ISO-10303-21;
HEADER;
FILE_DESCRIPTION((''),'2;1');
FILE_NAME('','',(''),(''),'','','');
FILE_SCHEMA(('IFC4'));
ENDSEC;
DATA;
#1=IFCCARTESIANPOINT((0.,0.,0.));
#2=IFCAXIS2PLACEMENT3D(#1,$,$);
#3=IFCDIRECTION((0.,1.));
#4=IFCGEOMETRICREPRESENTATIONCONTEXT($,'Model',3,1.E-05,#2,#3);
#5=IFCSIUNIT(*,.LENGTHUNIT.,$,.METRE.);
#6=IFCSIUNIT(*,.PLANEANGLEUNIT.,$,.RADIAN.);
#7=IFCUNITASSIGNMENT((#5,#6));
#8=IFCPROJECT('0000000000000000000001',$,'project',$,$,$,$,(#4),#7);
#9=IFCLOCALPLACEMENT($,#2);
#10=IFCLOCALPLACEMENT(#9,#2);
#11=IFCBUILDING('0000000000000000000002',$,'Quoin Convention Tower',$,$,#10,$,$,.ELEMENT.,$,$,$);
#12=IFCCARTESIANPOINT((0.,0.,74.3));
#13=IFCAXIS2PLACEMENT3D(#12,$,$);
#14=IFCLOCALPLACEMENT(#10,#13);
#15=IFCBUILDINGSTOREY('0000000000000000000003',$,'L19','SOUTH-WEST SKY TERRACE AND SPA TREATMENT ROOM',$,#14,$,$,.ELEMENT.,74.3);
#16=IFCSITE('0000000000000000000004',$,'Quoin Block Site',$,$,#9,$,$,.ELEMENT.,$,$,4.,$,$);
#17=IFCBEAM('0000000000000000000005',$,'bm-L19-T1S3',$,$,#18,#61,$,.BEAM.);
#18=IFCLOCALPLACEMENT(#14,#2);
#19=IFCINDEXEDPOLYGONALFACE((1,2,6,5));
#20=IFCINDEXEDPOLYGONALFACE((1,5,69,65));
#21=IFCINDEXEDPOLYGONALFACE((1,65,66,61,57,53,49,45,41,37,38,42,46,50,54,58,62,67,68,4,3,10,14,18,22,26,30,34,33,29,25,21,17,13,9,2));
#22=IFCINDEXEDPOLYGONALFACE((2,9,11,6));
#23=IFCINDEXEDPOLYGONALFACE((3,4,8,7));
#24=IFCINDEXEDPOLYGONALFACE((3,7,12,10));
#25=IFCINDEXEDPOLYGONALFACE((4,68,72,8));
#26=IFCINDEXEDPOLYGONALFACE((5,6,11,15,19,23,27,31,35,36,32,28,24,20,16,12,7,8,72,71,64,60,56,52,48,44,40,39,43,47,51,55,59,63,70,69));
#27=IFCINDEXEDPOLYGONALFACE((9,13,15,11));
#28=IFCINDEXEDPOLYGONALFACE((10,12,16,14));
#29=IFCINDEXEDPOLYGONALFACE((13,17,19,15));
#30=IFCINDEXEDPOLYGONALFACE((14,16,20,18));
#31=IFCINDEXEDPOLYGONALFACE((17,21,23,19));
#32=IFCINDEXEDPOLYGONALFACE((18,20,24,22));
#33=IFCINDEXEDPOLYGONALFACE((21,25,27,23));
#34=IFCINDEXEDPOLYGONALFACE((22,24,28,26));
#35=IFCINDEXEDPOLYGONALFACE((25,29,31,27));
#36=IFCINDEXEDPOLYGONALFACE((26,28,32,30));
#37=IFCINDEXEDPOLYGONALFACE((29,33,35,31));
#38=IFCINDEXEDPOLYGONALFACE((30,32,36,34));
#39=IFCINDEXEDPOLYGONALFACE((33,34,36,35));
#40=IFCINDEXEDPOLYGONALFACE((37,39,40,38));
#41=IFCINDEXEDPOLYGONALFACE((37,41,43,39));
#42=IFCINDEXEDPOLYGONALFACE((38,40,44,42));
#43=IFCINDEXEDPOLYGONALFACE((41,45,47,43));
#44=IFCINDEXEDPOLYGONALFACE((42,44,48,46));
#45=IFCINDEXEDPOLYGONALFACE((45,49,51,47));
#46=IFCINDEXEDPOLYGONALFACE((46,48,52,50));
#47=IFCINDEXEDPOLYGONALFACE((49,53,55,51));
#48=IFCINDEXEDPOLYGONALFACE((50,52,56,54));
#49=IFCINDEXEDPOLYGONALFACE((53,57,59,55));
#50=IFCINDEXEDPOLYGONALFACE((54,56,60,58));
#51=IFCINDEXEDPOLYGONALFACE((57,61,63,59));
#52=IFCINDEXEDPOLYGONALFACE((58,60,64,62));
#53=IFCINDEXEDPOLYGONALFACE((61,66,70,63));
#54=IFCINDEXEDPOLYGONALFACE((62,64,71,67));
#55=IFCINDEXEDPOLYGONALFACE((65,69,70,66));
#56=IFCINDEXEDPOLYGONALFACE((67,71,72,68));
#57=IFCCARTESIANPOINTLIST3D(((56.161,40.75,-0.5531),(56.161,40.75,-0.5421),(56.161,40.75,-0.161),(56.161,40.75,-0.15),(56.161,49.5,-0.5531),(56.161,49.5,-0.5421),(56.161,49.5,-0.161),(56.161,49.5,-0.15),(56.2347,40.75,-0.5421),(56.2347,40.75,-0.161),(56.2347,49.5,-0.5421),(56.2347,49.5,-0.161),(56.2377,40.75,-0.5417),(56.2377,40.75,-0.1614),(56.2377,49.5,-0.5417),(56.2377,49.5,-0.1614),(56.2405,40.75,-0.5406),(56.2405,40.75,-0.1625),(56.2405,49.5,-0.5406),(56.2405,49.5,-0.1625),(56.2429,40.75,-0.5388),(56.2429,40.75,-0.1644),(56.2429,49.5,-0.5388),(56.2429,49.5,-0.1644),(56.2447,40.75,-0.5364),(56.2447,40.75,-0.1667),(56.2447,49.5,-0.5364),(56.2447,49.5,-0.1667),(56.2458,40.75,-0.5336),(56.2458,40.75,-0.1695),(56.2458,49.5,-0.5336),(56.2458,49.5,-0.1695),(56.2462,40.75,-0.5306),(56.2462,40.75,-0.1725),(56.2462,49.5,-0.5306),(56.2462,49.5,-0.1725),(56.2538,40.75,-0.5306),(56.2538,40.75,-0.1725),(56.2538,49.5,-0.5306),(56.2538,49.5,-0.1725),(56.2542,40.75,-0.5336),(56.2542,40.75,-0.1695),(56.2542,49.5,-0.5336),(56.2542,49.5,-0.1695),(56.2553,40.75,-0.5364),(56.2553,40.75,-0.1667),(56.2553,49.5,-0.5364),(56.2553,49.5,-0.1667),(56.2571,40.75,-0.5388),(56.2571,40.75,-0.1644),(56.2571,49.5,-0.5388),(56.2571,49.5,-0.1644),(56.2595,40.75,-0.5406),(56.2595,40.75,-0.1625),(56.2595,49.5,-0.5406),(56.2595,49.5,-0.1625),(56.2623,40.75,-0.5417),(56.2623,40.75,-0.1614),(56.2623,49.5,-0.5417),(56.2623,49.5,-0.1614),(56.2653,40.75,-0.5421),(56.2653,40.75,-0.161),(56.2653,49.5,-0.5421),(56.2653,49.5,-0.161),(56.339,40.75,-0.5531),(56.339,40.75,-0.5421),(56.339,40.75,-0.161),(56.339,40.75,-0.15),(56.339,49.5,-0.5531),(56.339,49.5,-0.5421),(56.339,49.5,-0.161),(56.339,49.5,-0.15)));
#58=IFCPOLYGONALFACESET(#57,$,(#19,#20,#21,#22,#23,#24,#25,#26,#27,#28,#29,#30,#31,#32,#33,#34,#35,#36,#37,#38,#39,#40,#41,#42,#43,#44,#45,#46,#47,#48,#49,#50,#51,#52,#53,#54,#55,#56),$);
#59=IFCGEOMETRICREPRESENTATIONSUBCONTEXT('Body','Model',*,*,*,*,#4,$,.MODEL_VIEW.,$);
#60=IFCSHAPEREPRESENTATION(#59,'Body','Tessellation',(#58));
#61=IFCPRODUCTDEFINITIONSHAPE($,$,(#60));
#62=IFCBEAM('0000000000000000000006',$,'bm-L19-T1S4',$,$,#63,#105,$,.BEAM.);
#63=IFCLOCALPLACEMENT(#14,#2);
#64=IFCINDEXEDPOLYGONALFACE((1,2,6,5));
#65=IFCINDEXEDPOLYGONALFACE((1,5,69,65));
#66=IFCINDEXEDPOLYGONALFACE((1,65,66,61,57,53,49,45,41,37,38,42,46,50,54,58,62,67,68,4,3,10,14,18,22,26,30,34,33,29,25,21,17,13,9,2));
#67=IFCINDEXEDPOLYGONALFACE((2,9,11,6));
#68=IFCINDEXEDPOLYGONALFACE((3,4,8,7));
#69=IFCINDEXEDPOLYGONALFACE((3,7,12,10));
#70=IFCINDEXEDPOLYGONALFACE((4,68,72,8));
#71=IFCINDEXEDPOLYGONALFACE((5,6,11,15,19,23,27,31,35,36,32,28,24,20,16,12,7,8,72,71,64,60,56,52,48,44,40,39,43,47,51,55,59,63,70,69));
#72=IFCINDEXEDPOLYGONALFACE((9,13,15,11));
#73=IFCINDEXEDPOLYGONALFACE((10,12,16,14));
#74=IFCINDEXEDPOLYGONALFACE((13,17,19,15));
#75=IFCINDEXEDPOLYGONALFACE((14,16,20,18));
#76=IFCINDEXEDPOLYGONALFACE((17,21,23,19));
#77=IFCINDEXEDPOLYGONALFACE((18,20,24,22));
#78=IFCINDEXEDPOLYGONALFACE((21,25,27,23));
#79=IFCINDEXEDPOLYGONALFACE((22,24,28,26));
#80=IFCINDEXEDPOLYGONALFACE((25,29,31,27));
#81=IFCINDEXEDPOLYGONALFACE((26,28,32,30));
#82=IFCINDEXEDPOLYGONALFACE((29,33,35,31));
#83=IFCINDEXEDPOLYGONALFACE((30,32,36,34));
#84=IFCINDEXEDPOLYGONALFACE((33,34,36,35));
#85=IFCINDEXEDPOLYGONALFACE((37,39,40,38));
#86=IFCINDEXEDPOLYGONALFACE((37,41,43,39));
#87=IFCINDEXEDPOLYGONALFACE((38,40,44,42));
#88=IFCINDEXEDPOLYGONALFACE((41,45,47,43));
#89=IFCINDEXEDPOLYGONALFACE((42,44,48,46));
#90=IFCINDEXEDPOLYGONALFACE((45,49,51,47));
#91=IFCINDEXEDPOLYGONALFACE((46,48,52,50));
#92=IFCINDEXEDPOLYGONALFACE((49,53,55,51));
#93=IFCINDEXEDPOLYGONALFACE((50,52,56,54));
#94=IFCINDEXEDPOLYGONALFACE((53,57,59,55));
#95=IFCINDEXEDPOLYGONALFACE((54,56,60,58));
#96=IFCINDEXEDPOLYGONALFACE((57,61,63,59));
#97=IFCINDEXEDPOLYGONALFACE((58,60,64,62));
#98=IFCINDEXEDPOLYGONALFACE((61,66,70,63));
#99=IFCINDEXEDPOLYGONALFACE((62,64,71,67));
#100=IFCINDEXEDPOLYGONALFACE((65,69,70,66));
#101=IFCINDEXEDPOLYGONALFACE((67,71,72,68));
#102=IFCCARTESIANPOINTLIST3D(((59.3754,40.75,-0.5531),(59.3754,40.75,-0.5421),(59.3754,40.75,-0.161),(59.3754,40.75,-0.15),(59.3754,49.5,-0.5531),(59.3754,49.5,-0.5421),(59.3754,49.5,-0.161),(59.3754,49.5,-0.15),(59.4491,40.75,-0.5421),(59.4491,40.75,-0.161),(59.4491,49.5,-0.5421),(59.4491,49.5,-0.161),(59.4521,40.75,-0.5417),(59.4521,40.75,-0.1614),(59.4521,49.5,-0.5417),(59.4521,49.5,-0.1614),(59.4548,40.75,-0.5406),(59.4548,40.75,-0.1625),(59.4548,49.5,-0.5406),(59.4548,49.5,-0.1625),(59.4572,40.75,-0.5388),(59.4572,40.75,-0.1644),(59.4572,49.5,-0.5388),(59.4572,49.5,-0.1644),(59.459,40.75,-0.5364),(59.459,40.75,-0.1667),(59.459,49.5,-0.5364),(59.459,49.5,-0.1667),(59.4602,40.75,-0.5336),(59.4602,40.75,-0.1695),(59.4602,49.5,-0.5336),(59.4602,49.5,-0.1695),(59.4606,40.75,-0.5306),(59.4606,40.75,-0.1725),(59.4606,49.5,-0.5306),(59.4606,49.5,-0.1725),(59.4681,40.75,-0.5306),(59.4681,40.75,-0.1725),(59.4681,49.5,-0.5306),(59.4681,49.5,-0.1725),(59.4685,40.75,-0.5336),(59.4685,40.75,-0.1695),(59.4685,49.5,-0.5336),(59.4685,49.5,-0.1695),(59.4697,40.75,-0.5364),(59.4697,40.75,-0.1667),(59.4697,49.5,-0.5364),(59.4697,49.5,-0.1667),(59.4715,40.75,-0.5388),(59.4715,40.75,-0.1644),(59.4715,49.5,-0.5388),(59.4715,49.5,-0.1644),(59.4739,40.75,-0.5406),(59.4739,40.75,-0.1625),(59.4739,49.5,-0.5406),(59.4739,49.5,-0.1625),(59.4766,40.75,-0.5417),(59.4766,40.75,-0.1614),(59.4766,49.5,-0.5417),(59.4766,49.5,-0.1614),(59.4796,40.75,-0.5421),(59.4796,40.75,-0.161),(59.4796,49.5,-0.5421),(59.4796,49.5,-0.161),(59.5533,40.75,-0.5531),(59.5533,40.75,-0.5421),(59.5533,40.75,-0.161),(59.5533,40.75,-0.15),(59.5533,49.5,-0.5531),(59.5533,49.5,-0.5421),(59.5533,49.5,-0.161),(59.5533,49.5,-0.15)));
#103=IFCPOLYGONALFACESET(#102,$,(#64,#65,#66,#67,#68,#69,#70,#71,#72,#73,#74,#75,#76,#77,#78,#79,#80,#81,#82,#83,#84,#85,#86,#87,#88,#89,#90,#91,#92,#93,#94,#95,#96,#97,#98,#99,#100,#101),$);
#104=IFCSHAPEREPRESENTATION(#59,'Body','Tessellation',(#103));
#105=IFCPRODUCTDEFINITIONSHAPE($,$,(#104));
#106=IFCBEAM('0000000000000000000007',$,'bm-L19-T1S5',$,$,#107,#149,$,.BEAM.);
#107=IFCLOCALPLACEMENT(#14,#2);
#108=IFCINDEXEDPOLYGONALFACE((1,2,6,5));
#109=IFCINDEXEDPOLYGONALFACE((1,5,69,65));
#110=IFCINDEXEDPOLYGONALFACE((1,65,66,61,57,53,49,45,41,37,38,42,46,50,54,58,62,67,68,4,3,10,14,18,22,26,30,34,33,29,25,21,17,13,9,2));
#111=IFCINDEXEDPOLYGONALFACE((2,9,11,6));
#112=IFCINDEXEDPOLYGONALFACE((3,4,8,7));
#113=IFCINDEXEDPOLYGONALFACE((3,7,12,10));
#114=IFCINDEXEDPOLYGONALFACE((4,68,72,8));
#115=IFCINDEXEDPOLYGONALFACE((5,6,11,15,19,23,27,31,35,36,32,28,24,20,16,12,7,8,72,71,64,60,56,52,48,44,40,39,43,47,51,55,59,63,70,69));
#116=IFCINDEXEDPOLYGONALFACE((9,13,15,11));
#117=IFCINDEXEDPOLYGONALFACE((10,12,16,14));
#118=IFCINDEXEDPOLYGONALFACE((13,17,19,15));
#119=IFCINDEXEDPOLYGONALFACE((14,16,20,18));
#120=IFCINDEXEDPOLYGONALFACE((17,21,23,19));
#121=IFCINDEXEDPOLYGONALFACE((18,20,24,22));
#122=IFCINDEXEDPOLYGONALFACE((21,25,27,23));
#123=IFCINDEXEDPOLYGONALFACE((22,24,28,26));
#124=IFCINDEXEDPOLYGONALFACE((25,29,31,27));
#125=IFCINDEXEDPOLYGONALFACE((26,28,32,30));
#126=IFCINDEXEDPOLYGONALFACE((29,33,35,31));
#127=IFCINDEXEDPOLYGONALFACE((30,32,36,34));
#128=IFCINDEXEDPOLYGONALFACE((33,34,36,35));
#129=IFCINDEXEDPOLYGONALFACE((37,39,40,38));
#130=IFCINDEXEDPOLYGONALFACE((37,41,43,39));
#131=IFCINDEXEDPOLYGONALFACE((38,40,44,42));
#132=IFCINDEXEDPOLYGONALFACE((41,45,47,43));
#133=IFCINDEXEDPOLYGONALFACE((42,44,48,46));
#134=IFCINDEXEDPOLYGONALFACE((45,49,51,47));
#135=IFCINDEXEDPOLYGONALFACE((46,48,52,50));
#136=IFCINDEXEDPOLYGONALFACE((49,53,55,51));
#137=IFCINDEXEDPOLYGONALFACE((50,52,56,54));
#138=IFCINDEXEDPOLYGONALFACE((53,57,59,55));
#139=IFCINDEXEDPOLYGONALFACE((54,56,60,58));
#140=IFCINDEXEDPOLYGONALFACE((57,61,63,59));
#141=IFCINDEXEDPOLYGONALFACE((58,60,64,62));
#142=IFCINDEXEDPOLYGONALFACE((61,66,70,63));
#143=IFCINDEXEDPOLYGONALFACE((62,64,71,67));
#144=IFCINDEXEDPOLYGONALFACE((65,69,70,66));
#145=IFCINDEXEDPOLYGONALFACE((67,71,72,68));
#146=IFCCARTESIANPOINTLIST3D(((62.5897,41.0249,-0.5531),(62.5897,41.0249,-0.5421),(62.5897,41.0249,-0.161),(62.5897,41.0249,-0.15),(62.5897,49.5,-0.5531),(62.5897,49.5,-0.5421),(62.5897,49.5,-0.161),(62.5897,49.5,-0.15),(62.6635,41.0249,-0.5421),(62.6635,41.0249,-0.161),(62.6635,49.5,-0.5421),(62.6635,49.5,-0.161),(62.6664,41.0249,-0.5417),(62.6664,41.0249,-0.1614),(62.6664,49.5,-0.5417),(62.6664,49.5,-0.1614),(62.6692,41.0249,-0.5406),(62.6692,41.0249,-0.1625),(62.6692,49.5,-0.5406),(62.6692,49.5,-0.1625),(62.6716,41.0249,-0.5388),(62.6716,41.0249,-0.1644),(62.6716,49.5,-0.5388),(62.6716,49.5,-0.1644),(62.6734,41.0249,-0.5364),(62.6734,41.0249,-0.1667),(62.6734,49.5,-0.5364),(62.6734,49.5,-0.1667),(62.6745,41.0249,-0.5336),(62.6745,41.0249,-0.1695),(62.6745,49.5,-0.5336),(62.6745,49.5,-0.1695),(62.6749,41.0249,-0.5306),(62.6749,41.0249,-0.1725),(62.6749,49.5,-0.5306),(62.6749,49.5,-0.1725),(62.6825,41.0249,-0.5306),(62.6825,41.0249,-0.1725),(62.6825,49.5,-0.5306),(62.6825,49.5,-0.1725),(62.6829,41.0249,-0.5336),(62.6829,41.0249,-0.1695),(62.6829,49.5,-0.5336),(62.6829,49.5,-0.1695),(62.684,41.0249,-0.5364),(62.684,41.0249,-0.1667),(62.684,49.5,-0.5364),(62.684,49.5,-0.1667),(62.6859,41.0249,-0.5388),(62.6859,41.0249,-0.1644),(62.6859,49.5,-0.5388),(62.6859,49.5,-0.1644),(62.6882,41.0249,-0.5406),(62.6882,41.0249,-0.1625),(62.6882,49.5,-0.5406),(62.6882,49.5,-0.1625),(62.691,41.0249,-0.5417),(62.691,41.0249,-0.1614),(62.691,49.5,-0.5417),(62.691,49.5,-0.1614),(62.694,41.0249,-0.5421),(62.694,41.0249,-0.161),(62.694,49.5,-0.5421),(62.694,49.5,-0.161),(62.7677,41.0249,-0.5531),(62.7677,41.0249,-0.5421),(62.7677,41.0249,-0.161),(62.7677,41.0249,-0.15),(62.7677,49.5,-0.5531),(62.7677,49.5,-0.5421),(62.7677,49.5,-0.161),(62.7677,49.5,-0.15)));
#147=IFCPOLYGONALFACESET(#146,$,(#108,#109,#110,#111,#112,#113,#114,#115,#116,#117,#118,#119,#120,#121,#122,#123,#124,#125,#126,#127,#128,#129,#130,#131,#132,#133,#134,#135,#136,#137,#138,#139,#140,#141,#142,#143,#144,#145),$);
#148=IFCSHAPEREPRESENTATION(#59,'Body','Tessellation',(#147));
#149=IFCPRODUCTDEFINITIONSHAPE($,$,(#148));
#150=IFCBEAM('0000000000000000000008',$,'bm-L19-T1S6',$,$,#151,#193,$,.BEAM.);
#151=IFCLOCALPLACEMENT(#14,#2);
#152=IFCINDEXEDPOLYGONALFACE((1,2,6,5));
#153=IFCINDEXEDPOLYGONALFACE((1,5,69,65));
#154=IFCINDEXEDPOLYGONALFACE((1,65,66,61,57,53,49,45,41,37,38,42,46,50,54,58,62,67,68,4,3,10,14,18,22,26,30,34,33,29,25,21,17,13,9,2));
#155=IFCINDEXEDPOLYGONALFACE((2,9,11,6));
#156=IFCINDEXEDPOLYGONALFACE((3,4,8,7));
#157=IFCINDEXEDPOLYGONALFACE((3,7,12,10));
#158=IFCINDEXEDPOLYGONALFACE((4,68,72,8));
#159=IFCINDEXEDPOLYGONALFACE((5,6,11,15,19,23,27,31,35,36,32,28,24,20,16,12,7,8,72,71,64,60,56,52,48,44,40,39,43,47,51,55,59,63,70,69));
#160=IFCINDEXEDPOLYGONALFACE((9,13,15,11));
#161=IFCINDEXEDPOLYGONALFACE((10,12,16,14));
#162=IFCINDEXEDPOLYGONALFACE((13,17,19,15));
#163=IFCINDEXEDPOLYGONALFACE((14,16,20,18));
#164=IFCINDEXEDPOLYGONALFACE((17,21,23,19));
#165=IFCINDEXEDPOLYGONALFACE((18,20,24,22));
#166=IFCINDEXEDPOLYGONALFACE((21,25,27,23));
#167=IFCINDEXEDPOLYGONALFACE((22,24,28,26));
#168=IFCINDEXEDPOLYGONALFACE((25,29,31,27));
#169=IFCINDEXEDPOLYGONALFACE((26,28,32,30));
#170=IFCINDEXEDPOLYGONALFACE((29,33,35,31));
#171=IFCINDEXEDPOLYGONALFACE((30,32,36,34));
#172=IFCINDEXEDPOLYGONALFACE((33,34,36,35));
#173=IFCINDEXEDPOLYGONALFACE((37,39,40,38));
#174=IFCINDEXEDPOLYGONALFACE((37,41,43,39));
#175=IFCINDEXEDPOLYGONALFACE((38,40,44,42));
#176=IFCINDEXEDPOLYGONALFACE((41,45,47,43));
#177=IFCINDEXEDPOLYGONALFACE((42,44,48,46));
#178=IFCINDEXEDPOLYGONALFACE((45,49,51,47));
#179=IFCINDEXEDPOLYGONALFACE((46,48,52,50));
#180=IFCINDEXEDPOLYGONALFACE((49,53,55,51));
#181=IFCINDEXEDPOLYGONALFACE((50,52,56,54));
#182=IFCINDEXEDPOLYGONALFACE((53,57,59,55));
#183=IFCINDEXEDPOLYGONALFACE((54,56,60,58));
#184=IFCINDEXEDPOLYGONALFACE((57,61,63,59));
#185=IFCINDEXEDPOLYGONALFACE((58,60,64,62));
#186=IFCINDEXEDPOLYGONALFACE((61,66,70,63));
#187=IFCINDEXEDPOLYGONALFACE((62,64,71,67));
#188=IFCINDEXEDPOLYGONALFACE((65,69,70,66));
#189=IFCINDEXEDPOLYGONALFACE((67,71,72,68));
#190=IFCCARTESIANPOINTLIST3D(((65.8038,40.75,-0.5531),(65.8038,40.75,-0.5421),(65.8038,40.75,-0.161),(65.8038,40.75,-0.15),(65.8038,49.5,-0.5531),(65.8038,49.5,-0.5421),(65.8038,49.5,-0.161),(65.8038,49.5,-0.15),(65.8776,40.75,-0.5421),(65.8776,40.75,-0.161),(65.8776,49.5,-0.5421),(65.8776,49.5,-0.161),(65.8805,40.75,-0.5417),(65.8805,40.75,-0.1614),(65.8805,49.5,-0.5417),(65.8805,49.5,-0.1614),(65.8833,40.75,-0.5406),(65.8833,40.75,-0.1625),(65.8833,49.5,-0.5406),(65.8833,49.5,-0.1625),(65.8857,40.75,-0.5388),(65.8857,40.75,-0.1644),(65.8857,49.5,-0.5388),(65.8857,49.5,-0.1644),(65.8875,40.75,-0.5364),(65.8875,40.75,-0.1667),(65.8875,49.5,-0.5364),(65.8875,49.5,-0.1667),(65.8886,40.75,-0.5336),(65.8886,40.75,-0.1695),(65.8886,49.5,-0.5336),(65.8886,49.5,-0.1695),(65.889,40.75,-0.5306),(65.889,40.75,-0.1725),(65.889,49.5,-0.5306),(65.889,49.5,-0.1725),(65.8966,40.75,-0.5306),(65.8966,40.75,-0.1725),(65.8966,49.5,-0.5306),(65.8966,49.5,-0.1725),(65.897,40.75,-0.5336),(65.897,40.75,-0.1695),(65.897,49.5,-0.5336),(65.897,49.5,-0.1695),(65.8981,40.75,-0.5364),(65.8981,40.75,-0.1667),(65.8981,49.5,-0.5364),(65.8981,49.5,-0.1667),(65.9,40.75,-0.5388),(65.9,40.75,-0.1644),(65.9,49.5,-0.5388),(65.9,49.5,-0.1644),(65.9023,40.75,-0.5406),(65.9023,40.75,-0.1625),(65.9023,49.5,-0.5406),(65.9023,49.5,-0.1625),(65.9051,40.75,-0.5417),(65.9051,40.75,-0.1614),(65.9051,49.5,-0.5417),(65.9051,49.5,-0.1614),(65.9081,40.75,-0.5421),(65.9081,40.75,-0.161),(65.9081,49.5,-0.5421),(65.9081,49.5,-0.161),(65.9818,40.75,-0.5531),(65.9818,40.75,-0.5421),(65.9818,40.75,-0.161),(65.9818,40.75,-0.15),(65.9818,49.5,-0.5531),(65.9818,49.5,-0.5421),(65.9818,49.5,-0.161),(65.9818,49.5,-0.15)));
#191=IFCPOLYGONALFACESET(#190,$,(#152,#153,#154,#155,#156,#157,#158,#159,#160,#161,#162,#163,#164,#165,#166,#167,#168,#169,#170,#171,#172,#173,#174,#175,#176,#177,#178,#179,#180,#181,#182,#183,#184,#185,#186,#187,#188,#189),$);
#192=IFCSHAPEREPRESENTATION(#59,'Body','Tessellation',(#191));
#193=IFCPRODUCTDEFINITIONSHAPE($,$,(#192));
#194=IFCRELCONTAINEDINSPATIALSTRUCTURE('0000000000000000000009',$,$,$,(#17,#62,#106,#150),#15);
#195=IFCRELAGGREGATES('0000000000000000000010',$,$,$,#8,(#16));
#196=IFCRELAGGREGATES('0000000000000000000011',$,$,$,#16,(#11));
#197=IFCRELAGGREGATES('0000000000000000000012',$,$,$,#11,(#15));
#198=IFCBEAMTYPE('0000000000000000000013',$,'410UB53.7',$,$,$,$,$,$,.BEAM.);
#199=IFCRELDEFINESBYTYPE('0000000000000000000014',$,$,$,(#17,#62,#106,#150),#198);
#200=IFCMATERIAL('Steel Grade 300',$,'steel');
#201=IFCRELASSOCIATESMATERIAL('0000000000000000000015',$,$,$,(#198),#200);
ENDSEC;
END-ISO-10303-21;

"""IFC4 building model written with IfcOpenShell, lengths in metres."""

from ifc_helpers import new_model, si_unit, direction, frame, origin, origin_2d, place, context, subcontext, project, spatial, i_section, extrude, material, material_profile, profile_set, type_object, element, save


model = new_model("IFC4")

# Units and contexts
model_context = context("Model", 3, precision=1e-05, world=origin(), true_north=direction((0.0, 1.0)))
body_context = subcontext(model_context, "Body", "Model", "MODEL_VIEW")
ifc_project = project(units=[si_unit("LENGTHUNIT", "METRE"), si_unit("PLANEANGLEUNIT", "RADIAN")], contexts=[model_context])

# Site, building, storey
site_placement = place(None, origin())
site = spatial("IfcSite", under=ifc_project, at=site_placement, Name="Quoin Block Site", CompositionType="ELEMENT", RefElevation=4.0)
building_placement = place(site_placement, origin())
building = spatial("IfcBuilding", under=site, at=building_placement, Name="Quoin Convention Tower", CompositionType="ELEMENT")
storey_placement = place(building_placement, frame((0.0, 0.0, 74.3)))
storey = spatial("IfcBuildingStorey", under=building, at=storey_placement, Name="L19", Description="SOUTH-WEST SKY TERRACE AND SPA TREATMENT ROOM", CompositionType="ELEMENT", Elevation=74.3)

# Beams
ifc_material_1 = material(Name="Steel Grade 300", Category="steel")
ifc_material_profile_1 = material_profile(ifc_material_1, i_section(OverallWidth=0.178, OverallDepth=0.4031, WebThickness=0.0076, FlangeThickness=0.011, FilletRadius=0.0115, at=origin_2d()), Name="410UB53.7")
ifc_profile_set_1 = profile_set([ifc_material_profile_1], Name="Steel Grade 300")
beam_type_1 = type_object("IfcBeamType", Name="410UB53.7", PredefinedType="BEAM", material=ifc_profile_set_1)
for number, where, z_axis, x_axis, name in (
    (1, (56.25, 40.75, -0.3516), (0.0, 1.0, 0.0), (-1.0, 0.0, 0.0), "bm-L19-T1S3"),
    (2, (59.4644, 40.75, -0.3516), (0.0, 1.0, 0.0), (-1.0, 0.0, 0.0), "bm-L19-T1S4"),
):
    element("IfcBeam", number, at=place(storey_placement, frame(where, z_axis=z_axis, x_axis=x_axis)), inside=storey, type_object=beam_type_1, Name=name, PredefinedType="BEAM", context=body_context, shape_type="SweptSolid", body=[
        extrude(i_section(OverallWidth=0.178, OverallDepth=0.4031, WebThickness=0.0076, FlangeThickness=0.011, FilletRadius=0.0115, at=origin_2d()), origin(), (0.0, 0.0, 1.0), 8.75),
    ])
beam_1_placement = place(storey_placement, frame((62.6787, 41.0249, -0.3516), z_axis=(0.0, 1.0, 0.0), x_axis=(-1.0, 0.0, 0.0)))
element("IfcBeam", 3, at=beam_1_placement, inside=storey, type_object=beam_type_1, Name="bm-L19-T1S5", PredefinedType="BEAM", context=body_context, shape_type="SweptSolid", body=[
    extrude(i_section(OverallWidth=0.178, OverallDepth=0.4031, WebThickness=0.0076, FlangeThickness=0.011, FilletRadius=0.0115, at=origin_2d()), origin(), (0.0, 0.0, 1.0), 8.4751),
])
beam_2_placement = place(storey_placement, frame((65.8928, 40.75, -0.3516), z_axis=(0.0, 1.0, 0.0), x_axis=(-1.0, 0.0, 0.0)))
element("IfcBeam", 4, at=beam_2_placement, inside=storey, type_object=beam_type_1, Name="bm-L19-T1S6", PredefinedType="BEAM", context=body_context, shape_type="SweptSolid", body=[
    extrude(i_section(OverallWidth=0.178, OverallDepth=0.4031, WebThickness=0.0076, FlangeThickness=0.011, FilletRadius=0.0115, at=origin_2d()), origin(), (0.0, 0.0, 1.0), 8.75),
])

save(model, "model.ifc")
